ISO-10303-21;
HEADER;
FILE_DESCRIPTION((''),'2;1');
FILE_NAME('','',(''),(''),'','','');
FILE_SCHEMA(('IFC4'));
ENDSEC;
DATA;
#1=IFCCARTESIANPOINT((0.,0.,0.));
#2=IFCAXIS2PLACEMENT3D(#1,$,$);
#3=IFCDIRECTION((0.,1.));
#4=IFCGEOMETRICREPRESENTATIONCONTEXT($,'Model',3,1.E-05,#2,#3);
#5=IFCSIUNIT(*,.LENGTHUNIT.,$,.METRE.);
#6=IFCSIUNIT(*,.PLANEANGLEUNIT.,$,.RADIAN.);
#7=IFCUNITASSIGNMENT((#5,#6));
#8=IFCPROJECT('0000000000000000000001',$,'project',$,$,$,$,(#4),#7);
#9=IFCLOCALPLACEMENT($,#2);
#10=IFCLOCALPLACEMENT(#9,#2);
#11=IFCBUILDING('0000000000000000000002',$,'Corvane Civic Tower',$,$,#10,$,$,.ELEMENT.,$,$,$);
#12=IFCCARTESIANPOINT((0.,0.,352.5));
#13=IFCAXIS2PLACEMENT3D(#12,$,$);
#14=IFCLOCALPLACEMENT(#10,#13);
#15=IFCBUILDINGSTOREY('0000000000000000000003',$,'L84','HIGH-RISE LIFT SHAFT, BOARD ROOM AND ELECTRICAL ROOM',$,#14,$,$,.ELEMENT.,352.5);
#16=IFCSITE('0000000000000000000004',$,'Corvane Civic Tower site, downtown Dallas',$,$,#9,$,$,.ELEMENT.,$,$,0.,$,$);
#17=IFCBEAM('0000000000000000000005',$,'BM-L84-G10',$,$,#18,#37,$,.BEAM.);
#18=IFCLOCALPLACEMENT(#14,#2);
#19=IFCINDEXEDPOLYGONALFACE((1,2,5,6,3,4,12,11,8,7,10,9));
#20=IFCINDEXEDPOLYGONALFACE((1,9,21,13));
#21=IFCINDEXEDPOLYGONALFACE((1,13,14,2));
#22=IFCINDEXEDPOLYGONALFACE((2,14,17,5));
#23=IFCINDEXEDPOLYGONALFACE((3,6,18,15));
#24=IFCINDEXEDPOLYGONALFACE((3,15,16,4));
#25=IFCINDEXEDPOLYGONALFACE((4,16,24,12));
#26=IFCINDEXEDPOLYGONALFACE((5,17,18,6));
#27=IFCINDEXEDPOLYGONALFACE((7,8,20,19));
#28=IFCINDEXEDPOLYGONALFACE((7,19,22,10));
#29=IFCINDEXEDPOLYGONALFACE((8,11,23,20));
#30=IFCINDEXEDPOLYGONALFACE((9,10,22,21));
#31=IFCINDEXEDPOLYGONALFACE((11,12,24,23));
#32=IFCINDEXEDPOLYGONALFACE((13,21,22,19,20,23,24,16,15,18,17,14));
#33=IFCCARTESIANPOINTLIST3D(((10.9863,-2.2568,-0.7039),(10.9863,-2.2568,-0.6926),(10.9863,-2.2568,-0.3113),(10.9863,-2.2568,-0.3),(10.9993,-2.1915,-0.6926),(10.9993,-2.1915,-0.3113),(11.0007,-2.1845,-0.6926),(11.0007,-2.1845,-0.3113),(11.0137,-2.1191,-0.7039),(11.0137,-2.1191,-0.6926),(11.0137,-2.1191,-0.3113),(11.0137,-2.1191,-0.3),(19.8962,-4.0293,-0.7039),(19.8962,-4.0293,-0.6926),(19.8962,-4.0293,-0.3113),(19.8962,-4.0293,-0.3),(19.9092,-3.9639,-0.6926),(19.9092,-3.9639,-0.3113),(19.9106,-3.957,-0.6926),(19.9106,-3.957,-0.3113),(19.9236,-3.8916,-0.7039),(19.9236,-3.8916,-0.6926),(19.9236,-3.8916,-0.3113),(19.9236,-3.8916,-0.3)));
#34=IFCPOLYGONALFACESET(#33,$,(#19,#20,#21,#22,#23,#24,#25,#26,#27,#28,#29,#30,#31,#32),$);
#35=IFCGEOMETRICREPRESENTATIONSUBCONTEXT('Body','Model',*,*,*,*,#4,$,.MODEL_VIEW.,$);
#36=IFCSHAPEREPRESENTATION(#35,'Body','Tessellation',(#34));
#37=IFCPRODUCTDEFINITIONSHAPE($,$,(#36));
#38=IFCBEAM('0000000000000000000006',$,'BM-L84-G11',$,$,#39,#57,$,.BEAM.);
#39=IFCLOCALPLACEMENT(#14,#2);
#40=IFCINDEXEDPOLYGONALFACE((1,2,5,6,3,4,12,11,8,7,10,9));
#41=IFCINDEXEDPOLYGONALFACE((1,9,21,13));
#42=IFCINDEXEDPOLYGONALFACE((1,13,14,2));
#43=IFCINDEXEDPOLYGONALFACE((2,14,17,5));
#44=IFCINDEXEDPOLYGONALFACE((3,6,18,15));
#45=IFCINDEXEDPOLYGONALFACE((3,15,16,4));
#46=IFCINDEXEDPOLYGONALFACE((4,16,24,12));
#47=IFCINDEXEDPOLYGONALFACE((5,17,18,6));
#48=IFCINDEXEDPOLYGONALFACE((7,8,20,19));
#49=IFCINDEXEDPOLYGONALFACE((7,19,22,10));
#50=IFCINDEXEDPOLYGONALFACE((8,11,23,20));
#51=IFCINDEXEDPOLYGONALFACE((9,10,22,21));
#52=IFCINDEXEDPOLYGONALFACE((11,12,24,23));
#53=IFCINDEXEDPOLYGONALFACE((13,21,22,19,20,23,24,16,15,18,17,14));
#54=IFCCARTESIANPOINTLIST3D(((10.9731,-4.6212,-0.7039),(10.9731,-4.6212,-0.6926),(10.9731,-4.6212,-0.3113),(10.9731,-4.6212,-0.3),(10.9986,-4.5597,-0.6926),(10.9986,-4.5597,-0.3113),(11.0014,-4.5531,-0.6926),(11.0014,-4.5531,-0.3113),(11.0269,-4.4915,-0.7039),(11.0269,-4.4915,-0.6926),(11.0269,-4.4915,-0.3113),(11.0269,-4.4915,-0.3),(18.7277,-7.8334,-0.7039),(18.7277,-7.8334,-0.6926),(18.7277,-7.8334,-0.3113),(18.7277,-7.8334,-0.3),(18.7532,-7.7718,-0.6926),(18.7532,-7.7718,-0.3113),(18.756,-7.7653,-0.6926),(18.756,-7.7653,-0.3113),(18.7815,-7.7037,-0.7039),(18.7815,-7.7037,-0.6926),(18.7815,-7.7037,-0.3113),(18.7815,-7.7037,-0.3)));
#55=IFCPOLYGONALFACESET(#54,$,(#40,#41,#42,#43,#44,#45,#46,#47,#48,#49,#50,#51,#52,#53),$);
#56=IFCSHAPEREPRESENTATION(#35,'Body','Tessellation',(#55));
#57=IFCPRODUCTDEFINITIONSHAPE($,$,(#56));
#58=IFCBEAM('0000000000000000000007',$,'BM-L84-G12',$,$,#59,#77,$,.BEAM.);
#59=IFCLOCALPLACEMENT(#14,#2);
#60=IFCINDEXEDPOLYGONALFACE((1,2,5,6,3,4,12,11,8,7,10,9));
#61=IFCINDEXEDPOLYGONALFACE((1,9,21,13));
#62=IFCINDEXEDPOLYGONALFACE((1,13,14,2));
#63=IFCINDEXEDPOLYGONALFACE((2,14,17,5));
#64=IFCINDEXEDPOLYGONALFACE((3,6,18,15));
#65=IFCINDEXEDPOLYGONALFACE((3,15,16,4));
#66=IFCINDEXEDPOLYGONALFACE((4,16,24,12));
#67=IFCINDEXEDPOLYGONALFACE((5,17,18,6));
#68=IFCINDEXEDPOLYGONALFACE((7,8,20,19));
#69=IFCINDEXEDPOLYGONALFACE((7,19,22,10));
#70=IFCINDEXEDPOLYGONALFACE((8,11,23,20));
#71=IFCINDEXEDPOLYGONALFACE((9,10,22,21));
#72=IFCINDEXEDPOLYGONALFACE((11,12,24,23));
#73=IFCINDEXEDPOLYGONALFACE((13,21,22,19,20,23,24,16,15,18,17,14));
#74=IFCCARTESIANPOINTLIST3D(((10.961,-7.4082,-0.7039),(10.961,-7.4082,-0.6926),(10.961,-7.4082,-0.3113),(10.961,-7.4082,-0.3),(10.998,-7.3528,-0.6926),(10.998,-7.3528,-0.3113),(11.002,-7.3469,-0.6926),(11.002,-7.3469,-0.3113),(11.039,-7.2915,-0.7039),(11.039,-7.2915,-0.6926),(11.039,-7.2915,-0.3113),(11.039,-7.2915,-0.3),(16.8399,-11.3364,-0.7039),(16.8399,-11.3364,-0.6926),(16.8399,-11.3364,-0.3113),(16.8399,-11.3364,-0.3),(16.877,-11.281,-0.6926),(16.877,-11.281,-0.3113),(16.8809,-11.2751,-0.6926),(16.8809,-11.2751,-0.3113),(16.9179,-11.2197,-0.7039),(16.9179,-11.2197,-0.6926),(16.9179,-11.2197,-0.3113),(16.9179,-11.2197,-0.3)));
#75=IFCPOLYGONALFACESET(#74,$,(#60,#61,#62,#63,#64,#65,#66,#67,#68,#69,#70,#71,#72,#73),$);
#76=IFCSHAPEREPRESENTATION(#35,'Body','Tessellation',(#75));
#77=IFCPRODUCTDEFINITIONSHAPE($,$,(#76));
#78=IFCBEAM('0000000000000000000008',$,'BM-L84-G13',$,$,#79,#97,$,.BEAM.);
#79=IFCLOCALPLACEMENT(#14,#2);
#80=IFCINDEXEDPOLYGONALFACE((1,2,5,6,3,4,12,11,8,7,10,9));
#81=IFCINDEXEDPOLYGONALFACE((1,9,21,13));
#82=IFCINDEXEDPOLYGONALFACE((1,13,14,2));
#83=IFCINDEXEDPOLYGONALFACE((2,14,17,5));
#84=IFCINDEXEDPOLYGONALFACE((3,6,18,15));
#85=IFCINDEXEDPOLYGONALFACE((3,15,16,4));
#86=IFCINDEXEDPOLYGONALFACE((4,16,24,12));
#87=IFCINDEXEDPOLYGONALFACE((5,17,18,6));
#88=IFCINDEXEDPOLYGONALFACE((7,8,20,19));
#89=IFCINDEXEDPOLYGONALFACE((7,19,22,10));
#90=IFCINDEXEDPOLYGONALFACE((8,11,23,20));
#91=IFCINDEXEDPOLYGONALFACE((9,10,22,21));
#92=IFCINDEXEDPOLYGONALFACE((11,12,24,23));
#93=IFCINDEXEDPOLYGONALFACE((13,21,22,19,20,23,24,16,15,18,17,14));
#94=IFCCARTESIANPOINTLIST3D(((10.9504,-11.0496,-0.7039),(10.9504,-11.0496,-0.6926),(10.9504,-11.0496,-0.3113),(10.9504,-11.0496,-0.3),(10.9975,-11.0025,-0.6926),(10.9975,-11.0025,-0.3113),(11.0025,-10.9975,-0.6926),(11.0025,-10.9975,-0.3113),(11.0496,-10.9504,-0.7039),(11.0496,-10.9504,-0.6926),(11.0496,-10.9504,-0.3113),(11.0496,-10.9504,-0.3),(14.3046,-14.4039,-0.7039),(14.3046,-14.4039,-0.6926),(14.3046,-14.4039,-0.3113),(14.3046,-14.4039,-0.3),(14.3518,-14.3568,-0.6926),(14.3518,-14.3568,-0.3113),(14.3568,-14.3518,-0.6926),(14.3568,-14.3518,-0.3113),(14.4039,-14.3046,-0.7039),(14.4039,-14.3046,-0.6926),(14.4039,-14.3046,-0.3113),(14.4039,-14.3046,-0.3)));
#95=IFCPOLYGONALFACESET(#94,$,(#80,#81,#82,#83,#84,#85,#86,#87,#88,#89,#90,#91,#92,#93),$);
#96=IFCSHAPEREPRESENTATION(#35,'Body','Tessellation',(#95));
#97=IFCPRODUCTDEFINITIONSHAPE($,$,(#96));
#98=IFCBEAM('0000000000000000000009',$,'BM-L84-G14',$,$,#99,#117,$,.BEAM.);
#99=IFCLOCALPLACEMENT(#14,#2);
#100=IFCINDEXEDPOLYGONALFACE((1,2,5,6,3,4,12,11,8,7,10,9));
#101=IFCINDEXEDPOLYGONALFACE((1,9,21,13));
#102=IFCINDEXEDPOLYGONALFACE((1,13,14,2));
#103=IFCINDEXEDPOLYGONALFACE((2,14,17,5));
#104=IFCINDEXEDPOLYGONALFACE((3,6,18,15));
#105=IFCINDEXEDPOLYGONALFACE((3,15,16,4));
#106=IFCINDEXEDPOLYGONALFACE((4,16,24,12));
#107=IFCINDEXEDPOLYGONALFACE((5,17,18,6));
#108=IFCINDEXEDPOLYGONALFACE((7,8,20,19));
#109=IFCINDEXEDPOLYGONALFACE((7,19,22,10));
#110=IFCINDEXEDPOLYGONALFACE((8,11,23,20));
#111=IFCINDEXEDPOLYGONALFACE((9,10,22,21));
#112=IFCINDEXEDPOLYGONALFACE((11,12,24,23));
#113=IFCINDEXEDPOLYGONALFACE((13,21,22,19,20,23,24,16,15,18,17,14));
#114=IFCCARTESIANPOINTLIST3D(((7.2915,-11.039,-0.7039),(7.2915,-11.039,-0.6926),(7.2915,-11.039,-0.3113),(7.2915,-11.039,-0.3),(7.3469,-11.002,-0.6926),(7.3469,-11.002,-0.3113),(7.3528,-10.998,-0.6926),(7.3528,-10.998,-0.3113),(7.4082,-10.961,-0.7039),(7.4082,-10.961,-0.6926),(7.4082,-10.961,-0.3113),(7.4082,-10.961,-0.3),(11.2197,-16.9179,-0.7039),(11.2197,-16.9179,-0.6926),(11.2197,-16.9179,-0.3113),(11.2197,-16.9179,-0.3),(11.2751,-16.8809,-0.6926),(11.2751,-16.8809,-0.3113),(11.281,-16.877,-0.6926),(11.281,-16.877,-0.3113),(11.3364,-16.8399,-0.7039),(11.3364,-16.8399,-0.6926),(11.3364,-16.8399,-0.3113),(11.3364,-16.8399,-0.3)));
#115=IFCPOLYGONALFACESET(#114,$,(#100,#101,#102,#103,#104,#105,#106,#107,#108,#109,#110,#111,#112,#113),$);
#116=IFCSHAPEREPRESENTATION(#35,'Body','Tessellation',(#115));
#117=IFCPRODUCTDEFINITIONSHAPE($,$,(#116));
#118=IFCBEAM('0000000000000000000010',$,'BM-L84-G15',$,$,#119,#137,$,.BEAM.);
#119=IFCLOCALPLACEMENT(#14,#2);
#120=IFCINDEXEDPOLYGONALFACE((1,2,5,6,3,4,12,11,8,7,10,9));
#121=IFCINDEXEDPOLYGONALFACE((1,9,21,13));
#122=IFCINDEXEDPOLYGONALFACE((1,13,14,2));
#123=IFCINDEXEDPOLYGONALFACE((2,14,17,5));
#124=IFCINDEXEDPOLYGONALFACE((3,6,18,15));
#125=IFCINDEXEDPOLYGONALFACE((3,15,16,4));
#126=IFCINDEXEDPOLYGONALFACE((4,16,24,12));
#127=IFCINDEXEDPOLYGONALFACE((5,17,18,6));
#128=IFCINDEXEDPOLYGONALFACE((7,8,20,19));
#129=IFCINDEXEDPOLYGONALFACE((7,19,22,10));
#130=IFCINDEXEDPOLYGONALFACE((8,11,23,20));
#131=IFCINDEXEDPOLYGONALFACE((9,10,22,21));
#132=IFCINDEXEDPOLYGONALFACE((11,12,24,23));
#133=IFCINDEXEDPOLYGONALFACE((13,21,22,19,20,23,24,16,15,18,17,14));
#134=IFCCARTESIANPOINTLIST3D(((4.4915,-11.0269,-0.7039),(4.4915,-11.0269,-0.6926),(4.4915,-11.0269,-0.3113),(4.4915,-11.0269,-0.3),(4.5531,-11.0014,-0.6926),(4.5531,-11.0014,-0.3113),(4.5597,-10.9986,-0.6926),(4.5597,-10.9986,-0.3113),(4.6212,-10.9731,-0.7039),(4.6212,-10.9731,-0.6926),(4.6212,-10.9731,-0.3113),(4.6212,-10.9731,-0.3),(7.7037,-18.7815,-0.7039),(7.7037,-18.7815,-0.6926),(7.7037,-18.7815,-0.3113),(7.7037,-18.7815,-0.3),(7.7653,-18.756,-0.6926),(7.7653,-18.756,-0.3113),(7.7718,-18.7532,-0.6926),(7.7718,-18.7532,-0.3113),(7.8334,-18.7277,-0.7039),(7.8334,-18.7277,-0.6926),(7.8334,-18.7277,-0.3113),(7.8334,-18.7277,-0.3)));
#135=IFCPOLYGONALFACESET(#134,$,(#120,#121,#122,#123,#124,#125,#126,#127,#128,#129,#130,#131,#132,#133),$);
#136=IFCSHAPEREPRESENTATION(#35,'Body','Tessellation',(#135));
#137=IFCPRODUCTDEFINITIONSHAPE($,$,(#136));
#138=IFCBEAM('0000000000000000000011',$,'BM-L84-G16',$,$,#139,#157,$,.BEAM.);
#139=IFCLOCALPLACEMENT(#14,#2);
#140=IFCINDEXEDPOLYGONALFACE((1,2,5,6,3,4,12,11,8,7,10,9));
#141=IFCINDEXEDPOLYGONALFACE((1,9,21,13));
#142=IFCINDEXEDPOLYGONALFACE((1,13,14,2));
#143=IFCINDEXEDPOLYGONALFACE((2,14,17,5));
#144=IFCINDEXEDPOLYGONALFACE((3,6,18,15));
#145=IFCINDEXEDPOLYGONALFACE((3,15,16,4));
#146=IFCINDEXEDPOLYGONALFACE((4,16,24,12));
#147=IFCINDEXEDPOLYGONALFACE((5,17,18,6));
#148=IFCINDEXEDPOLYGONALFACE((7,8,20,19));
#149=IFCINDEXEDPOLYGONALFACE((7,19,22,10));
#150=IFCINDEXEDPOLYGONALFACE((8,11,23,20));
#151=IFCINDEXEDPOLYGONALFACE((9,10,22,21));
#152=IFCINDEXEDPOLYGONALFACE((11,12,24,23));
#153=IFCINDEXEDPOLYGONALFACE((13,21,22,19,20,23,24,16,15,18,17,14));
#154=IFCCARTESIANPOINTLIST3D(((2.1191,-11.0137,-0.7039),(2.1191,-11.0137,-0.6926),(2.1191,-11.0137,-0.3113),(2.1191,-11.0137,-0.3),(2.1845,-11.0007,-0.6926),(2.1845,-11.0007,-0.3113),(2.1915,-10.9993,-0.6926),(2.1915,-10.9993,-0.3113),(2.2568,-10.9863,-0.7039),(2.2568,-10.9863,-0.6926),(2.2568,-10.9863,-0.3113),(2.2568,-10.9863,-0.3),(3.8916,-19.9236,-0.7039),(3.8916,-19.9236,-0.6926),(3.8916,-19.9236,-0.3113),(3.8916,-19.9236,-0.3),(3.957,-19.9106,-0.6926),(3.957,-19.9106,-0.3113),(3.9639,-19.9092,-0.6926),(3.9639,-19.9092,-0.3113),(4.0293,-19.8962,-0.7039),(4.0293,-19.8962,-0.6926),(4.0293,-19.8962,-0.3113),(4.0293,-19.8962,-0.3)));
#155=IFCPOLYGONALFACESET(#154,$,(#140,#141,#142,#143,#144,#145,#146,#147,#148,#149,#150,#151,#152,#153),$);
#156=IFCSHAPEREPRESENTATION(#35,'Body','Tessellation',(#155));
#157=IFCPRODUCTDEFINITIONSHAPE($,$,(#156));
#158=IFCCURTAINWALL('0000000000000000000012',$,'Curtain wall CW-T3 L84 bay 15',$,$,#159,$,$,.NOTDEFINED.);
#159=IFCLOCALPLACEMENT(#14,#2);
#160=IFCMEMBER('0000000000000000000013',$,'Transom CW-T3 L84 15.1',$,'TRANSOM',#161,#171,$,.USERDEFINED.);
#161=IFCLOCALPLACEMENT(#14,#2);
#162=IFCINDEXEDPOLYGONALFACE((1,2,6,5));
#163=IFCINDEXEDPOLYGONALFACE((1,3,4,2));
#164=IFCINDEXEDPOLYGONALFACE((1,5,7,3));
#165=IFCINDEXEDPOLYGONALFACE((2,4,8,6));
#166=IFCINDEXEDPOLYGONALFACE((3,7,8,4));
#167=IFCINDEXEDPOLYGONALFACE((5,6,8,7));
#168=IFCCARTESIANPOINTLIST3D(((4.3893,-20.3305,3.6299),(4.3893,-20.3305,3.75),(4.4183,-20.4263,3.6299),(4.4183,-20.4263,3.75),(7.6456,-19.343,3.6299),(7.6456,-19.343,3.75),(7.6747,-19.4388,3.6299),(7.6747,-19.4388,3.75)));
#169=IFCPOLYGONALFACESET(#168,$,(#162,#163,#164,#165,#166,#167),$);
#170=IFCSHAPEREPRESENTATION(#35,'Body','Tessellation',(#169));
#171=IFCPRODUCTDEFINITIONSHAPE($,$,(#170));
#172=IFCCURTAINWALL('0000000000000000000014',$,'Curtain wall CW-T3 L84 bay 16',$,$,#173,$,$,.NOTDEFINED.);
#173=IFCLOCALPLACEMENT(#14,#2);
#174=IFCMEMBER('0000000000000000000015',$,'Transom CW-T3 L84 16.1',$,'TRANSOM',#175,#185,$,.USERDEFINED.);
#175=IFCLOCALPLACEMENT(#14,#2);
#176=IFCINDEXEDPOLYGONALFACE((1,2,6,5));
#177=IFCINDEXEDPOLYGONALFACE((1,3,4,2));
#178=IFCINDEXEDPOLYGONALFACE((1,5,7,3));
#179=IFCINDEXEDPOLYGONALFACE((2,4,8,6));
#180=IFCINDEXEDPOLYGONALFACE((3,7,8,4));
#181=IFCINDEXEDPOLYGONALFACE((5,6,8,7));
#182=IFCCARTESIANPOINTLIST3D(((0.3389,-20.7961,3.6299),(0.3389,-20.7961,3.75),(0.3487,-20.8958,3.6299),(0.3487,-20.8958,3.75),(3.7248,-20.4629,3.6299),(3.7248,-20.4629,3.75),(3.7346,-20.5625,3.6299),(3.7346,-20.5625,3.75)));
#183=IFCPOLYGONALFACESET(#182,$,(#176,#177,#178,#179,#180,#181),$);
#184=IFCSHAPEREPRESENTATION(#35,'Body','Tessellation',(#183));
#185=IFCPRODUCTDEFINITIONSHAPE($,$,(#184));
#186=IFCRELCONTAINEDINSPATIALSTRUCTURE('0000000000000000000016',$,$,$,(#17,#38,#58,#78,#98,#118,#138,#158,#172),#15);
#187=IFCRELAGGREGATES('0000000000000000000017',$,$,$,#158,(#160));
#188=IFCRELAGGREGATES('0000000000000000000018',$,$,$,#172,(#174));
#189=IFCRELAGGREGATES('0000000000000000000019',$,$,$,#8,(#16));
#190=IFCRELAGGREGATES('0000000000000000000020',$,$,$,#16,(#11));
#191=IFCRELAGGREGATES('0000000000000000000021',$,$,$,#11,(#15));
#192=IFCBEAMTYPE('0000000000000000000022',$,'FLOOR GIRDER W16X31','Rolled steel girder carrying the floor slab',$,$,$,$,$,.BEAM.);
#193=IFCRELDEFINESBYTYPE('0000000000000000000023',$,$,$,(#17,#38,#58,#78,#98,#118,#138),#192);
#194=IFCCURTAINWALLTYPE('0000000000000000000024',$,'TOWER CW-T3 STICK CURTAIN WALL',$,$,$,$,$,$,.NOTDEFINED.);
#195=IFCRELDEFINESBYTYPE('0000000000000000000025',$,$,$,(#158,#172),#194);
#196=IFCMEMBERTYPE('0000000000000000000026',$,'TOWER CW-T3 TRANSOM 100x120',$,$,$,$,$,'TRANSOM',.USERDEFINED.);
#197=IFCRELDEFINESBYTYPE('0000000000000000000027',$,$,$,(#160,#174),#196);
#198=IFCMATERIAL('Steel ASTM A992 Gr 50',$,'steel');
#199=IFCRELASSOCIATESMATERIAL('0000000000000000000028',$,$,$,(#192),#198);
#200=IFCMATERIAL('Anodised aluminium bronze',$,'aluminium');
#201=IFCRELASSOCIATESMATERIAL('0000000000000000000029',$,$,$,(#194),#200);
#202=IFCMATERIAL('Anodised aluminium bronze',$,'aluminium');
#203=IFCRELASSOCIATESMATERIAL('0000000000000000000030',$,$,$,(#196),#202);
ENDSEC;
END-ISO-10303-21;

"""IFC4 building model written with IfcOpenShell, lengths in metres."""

from ifc_helpers import new_model, si_unit, direction, frame, origin, origin_2d, place, context, subcontext, project, spatial, rectangle, i_section, extrude, material, material_profile, profile_set, type_object, element, aggregate, save


model = new_model("IFC4")

# Units and contexts
model_context = context("Model", 3, precision=1e-05, world=origin(), true_north=direction((0.0, 1.0)))
body_context = subcontext(model_context, "Body", "Model", "MODEL_VIEW")
ifc_project = project(units=[si_unit("LENGTHUNIT", "METRE"), si_unit("PLANEANGLEUNIT", "RADIAN")], contexts=[model_context])

# Site, building, storey
site_placement = place(None, origin())
site = spatial("IfcSite", under=ifc_project, at=site_placement, Name="Corvane Civic Tower site, downtown Dallas", CompositionType="ELEMENT", RefElevation=0.0)
building_placement = place(site_placement, origin())
building = spatial("IfcBuilding", under=site, at=building_placement, Name="Corvane Civic Tower", CompositionType="ELEMENT")
storey_placement = place(building_placement, frame((0.0, 0.0, 352.5)))
storey = spatial("IfcBuildingStorey", under=building, at=storey_placement, Name="L84", Description="HIGH-RISE LIFT SHAFT, BOARD ROOM AND ELECTRICAL ROOM", CompositionType="ELEMENT", Elevation=352.5)

# Beams
ifc_material_1 = material(Name="Steel ASTM A992 Gr 50", Category="steel")
ifc_material_profile_1 = material_profile(ifc_material_1, i_section(OverallWidth=0.1404, OverallDepth=0.4038, WebThickness=0.0071, FlangeThickness=0.0112, at=origin_2d()), Name="W16X31")
ifc_profile_set_1 = profile_set([ifc_material_profile_1], Name="Steel ASTM A992 Gr 50")
beam_type_1 = type_object("IfcBeamType", Name="FLOOR GIRDER W16X31", Description="Rolled steel girder carrying the floor slab", PredefinedType="BEAM", material=ifc_profile_set_1)
beam_1_placement = place(storey_placement, frame((11.0, -2.188, -0.502), z_axis=(0.980782, -0.195108, 0.0), x_axis=(0.195108, 0.980782, 0.0)))
element("IfcBeam", 1, at=beam_1_placement, inside=storey, type_object=beam_type_1, Name="BM-L84-G10", PredefinedType="BEAM", context=body_context, shape_type="SweptSolid", body=[
    extrude(i_section(OverallWidth=0.1404, OverallDepth=0.4038, WebThickness=0.0071, FlangeThickness=0.0112, at=origin_2d()), origin(), (0.0, 0.0, 1.0), 9.0845),
])
beam_2_placement = place(storey_placement, frame((11.0, -4.5564, -0.502), z_axis=(0.923876, -0.382692, 0.0), x_axis=(0.382692, 0.923876, 0.0)))
element("IfcBeam", 2, at=beam_2_placement, inside=storey, type_object=beam_type_1, Name="BM-L84-G11", PredefinedType="BEAM", context=body_context, shape_type="SweptSolid", body=[
    extrude(i_section(OverallWidth=0.1404, OverallDepth=0.4038, WebThickness=0.0071, FlangeThickness=0.0112, at=origin_2d()), origin(), (0.0, 0.0, 1.0), 8.3936),
])
beam_3_placement = place(storey_placement, frame((11.0, -7.3499, -0.502), z_axis=(0.831465, -0.555576, 0.0), x_axis=(0.555576, 0.831465, 0.0)))
element("IfcBeam", 3, at=beam_3_placement, inside=storey, type_object=beam_type_1, Name="BM-L84-G12", PredefinedType="BEAM", context=body_context, shape_type="SweptSolid", body=[
    extrude(i_section(OverallWidth=0.1404, OverallDepth=0.4038, WebThickness=0.0071, FlangeThickness=0.0112, at=origin_2d()), origin(), (0.0, 0.0, 1.0), 7.0706),
])
beam_4_placement = place(storey_placement, frame((11.0, -11.0, -0.502), z_axis=(0.707107, -0.707107, 0.0), x_axis=(0.707107, 0.707107, 0.0)))
element("IfcBeam", 4, at=beam_4_placement, inside=storey, type_object=beam_type_1, Name="BM-L84-G13", PredefinedType="BEAM", context=body_context, shape_type="SweptSolid", body=[
    extrude(i_section(OverallWidth=0.1404, OverallDepth=0.4038, WebThickness=0.0071, FlangeThickness=0.0112, at=origin_2d()), origin(), (0.0, 0.0, 1.0), 4.7437),
])
beam_5_placement = place(storey_placement, frame((7.3499, -11.0, -0.502), z_axis=(0.555576, -0.831465, 0.0), x_axis=(0.831465, 0.555576, 0.0)))
element("IfcBeam", 5, at=beam_5_placement, inside=storey, type_object=beam_type_1, Name="BM-L84-G14", PredefinedType="BEAM", context=body_context, shape_type="SweptSolid", body=[
    extrude(i_section(OverallWidth=0.1404, OverallDepth=0.4038, WebThickness=0.0071, FlangeThickness=0.0112, at=origin_2d()), origin(), (0.0, 0.0, 1.0), 7.0706),
])
beam_6_placement = place(storey_placement, frame((4.5564, -11.0, -0.502), z_axis=(0.382692, -0.923876, 0.0), x_axis=(0.923876, 0.382692, 0.0)))
element("IfcBeam", 6, at=beam_6_placement, inside=storey, type_object=beam_type_1, Name="BM-L84-G15", PredefinedType="BEAM", context=body_context, shape_type="SweptSolid", body=[
    extrude(i_section(OverallWidth=0.1404, OverallDepth=0.4038, WebThickness=0.0071, FlangeThickness=0.0112, at=origin_2d()), origin(), (0.0, 0.0, 1.0), 8.3936),
])
beam_7_placement = place(storey_placement, frame((2.188, -11.0, -0.502), z_axis=(0.195108, -0.980782, 0.0), x_axis=(0.980782, 0.195108, 0.0)))
element("IfcBeam", 7, at=beam_7_placement, inside=storey, type_object=beam_type_1, Name="BM-L84-G16", PredefinedType="BEAM", context=body_context, shape_type="SweptSolid", body=[
    extrude(i_section(OverallWidth=0.1404, OverallDepth=0.4038, WebThickness=0.0071, FlangeThickness=0.0112, at=origin_2d()), origin(), (0.0, 0.0, 1.0), 9.0845),
])

# Curtain walls, members
ifc_material_2 = material(Name="Anodised aluminium bronze", Category="aluminium")
curtain_wall_type = type_object("IfcCurtainWallType", Name="TOWER CW-T3 STICK CURTAIN WALL", PredefinedType="NOTDEFINED", material=ifc_material_2)
curtain_wall_1_placement = place(storey_placement, origin())
curtain_wall_1 = element("IfcCurtainWall", 8, at=curtain_wall_1_placement, inside=storey, type_object=curtain_wall_type, Name="Curtain wall CW-T3 L84 bay 15", PredefinedType="NOTDEFINED")
ifc_material_3 = material(Name="Anodised aluminium bronze", Category="aluminium")
ifc_material_profile_2 = material_profile(ifc_material_3, rectangle(XDim=0.1001, YDim=0.1201, at=origin_2d()), Name="TOWER CW-T3 TRANSOM 100x120")
ifc_profile_set_2 = profile_set([ifc_material_profile_2], Name="Anodised aluminium bronze")
member_type = type_object("IfcMemberType", Name="TOWER CW-T3 TRANSOM 100x120", ElementType="TRANSOM", PredefinedType="USERDEFINED", material=ifc_profile_set_2)
member_1_placement = place(storey_placement, frame((7.6602, -19.3909, 3.6899), z_axis=(-0.956961, -0.290216, 0.0), x_axis=(0.290216, -0.956961, 0.0)))
member_1 = element("IfcMember", 9, at=member_1_placement, type_object=member_type, Name="Transom CW-T3 L84 15.1", ObjectType="TRANSOM", PredefinedType="USERDEFINED", context=body_context, shape_type="SweptSolid", body=[
    extrude(rectangle(XDim=0.1001, YDim=0.1201, at=origin_2d()), origin(), (0.0, 0.0, 1.0), 3.4028),
])
curtain_wall_2_placement = place(storey_placement, origin())
curtain_wall_2 = element("IfcCurtainWall", 10, at=curtain_wall_2_placement, inside=storey, type_object=curtain_wall_type, Name="Curtain wall CW-T3 L84 bay 16", PredefinedType="NOTDEFINED")
member_2_placement = place(storey_placement, frame((3.7297, -20.5127, 3.6899), z_axis=(-0.995192, -0.097948, 0.0), x_axis=(0.097948, -0.995192, 0.0)))
member_2 = element("IfcMember", 11, at=member_2_placement, type_object=member_type, Name="Transom CW-T3 L84 16.1", ObjectType="TRANSOM", PredefinedType="USERDEFINED", context=body_context, shape_type="SweptSolid", body=[
    extrude(rectangle(XDim=0.1001, YDim=0.1201, at=origin_2d()), origin(), (0.0, 0.0, 1.0), 3.4023),
])

aggregate(curtain_wall_1, [member_1])
aggregate(curtain_wall_2, [member_2])

save(model, "model.ifc")
